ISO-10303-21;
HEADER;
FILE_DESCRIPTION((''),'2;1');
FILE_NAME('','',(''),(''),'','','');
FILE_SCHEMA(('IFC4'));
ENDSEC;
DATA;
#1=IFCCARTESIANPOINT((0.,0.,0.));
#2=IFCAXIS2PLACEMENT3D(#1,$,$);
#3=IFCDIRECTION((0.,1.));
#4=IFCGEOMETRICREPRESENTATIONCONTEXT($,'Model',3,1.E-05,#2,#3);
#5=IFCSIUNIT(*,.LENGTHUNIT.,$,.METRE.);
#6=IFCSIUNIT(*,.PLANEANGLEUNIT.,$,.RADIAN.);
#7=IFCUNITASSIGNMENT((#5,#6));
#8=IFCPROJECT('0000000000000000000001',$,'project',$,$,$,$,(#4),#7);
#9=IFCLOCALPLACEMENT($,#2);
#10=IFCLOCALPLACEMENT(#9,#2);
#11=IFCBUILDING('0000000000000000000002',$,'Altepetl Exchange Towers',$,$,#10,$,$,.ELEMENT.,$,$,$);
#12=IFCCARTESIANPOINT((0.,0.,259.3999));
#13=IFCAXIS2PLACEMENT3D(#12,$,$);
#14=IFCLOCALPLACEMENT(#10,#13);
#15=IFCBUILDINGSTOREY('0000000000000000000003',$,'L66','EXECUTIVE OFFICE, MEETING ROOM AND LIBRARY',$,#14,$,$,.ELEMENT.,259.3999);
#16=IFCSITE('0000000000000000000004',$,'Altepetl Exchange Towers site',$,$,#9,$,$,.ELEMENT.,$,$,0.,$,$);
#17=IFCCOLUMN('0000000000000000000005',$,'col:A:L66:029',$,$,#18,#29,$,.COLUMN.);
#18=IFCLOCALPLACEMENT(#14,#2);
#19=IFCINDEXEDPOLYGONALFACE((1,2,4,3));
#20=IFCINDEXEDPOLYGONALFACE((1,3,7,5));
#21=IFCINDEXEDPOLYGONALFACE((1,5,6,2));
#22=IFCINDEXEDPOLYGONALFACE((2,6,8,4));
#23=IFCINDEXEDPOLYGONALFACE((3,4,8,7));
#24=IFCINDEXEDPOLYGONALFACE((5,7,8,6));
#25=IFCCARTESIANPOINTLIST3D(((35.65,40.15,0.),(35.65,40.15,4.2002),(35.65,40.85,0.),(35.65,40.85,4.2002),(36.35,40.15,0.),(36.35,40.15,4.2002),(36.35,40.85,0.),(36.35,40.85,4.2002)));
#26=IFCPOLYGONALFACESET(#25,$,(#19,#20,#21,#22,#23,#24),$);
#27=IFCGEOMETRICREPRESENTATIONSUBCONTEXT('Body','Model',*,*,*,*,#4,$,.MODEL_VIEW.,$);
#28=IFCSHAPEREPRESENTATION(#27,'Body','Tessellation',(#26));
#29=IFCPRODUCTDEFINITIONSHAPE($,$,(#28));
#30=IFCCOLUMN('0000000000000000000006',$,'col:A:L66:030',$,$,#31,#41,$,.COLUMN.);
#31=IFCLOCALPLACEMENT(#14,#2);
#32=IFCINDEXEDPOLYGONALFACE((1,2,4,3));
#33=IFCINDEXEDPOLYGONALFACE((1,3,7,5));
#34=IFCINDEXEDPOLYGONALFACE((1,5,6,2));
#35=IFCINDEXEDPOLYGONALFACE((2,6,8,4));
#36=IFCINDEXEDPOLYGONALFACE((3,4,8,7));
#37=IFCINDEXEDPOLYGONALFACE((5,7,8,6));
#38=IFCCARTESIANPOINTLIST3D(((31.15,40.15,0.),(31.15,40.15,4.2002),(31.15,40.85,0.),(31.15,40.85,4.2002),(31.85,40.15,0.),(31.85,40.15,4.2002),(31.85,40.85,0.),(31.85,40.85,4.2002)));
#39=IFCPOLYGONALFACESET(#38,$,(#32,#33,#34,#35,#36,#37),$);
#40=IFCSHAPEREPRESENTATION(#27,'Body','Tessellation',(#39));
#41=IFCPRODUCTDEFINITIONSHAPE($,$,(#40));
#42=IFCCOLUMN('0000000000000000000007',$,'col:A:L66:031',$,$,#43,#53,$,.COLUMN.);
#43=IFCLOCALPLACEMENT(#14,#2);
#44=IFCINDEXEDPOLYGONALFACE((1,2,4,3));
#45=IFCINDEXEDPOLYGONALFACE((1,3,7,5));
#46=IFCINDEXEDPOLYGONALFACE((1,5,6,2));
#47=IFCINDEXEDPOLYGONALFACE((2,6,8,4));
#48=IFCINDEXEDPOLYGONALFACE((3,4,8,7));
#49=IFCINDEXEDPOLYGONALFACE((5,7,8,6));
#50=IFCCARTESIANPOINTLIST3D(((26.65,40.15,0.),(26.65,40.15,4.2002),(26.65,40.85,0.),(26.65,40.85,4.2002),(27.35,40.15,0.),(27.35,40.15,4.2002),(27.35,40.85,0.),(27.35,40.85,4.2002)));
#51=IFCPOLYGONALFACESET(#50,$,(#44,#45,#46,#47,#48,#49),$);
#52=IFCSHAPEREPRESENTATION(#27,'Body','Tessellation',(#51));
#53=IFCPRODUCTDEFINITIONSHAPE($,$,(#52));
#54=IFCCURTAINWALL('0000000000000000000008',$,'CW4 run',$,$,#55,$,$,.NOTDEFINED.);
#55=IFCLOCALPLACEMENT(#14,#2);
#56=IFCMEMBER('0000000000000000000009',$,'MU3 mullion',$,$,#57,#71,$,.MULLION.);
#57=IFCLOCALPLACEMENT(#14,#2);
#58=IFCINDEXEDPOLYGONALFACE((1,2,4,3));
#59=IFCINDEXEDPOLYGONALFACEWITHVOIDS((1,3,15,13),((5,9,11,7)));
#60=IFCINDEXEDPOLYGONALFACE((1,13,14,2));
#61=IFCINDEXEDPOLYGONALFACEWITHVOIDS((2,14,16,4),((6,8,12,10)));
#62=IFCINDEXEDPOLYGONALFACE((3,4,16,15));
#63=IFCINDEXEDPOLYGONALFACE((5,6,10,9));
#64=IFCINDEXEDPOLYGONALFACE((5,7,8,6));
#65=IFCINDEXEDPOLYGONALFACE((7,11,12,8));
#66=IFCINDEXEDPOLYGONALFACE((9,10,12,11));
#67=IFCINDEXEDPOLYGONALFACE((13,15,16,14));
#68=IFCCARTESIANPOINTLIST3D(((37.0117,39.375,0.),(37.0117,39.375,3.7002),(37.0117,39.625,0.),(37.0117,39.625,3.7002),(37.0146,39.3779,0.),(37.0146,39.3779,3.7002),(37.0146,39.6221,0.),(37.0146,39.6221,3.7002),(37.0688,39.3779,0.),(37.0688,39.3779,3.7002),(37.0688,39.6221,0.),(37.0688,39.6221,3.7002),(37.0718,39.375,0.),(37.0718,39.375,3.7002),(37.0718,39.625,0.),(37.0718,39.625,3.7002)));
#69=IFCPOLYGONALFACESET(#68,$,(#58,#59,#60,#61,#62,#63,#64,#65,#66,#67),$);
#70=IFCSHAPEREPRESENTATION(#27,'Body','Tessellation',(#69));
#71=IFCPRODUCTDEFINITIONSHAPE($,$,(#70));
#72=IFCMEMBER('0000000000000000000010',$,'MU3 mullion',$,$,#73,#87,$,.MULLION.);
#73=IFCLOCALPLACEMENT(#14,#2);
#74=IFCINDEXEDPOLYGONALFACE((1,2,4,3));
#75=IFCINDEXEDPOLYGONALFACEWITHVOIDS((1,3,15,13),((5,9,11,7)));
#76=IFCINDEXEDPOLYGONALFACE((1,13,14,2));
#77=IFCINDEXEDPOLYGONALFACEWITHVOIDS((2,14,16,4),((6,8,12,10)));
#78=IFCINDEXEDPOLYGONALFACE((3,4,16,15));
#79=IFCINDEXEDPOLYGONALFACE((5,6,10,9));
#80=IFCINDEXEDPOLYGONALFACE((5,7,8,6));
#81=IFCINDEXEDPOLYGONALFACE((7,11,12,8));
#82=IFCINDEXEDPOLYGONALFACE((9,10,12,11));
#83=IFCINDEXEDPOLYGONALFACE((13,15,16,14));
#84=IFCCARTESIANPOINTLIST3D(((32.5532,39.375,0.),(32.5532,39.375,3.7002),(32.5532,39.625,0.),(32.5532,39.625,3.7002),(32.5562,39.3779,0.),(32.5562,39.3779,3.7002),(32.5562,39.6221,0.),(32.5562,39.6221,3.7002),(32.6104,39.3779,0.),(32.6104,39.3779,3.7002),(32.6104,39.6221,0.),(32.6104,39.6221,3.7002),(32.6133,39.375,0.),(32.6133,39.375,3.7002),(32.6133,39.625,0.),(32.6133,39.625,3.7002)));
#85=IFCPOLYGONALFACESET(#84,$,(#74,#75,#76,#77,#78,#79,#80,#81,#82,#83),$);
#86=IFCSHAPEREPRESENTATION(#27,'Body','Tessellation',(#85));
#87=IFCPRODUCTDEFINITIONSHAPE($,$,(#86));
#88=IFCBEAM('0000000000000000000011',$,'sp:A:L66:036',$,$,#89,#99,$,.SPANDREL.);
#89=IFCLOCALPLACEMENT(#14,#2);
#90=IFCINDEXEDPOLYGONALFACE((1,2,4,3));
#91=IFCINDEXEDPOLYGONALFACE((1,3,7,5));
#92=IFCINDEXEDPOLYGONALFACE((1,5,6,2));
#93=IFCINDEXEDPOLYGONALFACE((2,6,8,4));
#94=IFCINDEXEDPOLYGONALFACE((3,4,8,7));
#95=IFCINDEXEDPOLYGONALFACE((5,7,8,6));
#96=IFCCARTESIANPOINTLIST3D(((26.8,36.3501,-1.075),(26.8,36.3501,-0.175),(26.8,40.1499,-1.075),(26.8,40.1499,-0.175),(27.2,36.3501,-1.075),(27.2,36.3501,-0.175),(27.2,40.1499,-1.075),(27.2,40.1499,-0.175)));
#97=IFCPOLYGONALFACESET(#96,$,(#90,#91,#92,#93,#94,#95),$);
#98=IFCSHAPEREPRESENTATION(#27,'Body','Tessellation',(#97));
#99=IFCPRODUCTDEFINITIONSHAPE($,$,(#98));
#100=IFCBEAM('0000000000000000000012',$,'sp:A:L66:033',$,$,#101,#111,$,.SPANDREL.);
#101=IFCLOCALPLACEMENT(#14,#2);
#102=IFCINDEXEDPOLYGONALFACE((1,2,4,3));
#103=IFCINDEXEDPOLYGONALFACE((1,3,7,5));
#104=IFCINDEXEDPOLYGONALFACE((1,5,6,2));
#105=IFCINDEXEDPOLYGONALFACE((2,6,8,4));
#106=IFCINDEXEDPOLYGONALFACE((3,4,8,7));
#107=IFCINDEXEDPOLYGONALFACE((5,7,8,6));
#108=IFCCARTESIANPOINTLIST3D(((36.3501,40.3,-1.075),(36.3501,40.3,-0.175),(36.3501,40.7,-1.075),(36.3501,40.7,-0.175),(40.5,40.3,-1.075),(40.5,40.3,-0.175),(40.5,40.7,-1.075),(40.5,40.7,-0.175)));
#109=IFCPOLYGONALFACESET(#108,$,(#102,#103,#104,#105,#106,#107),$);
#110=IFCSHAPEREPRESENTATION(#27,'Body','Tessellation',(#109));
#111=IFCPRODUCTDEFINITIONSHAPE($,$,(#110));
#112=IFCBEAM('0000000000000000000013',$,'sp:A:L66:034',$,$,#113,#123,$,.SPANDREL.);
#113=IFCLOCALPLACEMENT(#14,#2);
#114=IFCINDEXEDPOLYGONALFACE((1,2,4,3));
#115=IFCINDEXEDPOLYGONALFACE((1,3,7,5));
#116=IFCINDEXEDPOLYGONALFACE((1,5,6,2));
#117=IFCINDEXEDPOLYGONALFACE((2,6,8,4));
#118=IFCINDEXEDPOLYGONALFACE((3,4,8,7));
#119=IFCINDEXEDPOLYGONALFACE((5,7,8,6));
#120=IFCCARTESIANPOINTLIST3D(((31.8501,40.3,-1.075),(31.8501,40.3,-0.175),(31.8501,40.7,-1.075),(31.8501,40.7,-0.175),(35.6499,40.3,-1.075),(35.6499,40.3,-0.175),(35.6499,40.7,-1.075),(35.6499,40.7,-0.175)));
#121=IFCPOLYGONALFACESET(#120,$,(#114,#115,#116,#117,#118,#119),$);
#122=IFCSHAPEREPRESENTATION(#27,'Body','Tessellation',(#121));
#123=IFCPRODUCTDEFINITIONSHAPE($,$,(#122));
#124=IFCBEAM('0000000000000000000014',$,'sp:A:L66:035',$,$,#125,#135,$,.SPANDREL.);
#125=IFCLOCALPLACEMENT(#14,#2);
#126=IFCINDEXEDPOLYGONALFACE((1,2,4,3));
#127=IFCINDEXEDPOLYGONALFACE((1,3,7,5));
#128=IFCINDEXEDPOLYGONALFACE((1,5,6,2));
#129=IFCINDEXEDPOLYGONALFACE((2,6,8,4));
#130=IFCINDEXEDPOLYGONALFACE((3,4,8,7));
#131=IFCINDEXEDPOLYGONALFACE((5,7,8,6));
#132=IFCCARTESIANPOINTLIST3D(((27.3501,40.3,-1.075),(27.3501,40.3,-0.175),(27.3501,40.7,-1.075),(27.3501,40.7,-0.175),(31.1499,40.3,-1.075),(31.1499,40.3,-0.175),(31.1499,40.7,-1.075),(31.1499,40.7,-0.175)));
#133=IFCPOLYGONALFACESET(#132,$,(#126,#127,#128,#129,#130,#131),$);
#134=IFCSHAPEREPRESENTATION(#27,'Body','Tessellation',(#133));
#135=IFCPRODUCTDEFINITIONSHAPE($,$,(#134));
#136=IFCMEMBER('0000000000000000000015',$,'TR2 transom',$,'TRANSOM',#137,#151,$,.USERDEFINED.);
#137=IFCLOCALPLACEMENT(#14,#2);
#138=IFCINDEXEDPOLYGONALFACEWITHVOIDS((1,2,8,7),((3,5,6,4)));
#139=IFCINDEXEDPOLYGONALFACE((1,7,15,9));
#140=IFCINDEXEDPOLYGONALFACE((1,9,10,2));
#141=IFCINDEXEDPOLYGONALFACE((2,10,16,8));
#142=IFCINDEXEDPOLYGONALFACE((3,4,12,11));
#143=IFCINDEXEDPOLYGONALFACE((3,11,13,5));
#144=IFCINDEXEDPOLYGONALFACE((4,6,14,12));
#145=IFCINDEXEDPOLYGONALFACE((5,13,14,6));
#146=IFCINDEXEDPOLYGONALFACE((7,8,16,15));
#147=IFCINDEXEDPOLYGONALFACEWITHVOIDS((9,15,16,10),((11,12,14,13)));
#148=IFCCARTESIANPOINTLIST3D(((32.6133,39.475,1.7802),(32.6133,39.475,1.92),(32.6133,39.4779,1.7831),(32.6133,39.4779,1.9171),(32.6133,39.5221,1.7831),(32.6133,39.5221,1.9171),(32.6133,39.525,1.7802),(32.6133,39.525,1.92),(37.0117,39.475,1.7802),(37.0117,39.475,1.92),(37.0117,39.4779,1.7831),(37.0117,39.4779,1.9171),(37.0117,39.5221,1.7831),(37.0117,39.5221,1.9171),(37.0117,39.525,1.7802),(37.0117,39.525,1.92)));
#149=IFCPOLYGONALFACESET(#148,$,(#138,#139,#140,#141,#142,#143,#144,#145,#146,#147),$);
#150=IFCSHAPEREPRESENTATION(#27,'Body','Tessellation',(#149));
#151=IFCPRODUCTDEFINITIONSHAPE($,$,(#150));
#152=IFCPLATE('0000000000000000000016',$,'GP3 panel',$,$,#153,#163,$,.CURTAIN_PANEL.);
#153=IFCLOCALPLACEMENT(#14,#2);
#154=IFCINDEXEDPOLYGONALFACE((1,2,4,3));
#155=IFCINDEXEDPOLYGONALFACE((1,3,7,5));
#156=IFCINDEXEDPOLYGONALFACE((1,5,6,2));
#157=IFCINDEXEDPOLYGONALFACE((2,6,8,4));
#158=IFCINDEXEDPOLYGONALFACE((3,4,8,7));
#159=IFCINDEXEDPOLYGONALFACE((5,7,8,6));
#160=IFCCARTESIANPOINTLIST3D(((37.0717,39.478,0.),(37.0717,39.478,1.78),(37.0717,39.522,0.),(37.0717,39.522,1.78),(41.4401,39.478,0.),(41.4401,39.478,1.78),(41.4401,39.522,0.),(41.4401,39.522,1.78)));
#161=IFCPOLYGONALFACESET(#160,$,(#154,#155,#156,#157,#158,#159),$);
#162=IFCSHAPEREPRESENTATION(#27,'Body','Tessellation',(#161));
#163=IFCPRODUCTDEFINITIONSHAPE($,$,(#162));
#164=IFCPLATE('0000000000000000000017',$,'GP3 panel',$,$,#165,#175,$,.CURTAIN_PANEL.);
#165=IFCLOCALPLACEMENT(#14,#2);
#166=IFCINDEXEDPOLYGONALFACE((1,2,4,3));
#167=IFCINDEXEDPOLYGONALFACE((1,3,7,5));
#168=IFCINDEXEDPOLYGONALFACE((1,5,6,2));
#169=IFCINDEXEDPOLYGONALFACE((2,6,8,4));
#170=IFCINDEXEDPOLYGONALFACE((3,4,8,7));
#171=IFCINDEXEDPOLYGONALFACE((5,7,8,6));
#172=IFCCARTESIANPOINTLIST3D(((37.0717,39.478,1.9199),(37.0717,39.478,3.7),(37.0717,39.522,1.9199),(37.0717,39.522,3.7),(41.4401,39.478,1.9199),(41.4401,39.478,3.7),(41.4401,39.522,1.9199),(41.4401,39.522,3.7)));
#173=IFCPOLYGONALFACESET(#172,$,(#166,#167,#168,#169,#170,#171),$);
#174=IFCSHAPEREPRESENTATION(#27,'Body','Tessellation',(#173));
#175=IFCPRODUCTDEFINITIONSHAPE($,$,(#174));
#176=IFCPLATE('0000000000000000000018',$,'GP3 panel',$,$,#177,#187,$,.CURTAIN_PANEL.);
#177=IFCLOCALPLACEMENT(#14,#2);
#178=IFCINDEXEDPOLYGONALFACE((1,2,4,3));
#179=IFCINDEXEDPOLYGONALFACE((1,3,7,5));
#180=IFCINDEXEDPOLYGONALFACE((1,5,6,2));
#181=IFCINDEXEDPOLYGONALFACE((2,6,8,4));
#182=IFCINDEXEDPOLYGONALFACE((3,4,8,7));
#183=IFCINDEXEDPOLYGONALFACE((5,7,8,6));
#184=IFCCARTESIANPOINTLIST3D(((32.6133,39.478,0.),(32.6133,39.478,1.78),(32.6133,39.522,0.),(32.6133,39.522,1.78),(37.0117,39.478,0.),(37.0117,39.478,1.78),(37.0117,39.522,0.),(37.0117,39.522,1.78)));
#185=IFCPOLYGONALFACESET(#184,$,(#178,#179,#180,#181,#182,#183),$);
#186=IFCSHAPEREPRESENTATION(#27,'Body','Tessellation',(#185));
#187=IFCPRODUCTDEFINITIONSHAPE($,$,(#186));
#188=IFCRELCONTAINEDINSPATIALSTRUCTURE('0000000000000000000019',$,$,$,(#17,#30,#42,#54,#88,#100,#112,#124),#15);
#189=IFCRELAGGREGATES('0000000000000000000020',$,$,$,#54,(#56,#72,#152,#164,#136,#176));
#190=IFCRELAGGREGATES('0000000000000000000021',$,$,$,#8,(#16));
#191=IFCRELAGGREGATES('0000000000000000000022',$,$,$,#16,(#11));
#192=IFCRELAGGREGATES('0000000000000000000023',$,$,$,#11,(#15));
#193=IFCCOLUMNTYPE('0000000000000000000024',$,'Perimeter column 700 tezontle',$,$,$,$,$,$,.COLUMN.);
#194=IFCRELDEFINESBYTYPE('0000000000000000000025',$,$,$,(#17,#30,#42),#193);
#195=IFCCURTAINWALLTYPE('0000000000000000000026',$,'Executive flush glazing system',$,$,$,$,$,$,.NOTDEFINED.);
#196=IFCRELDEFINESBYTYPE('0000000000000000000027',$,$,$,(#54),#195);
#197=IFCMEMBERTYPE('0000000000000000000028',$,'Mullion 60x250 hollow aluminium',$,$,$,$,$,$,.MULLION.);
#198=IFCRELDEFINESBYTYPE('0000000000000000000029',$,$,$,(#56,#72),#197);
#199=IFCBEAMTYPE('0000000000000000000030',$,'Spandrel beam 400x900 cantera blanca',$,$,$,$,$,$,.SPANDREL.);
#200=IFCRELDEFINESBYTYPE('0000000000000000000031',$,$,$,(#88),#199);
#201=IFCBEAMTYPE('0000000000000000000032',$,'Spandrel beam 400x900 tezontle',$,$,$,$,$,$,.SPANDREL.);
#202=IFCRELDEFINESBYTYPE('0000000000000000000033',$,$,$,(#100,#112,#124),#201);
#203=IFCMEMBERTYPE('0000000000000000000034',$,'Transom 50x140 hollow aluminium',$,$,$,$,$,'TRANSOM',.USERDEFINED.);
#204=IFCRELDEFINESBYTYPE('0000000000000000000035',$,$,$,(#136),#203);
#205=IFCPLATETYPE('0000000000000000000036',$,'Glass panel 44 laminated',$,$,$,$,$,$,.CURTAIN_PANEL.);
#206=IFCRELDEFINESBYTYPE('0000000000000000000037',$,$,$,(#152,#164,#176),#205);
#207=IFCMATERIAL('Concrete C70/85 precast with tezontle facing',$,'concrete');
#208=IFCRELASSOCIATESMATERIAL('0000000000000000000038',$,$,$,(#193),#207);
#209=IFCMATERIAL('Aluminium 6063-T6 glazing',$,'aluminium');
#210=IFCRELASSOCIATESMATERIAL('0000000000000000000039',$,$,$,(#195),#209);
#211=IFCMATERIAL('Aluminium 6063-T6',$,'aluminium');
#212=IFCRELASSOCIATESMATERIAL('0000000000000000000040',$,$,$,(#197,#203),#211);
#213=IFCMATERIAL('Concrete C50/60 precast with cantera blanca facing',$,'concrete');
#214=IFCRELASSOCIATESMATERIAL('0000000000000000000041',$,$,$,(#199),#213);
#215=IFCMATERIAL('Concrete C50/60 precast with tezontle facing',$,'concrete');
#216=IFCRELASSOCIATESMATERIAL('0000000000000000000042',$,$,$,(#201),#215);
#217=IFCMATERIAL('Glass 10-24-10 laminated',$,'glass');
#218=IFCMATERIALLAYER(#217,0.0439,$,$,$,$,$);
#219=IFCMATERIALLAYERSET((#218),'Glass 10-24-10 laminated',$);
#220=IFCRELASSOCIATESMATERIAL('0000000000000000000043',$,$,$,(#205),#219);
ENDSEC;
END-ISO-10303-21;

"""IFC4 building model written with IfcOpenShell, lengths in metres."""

from ifc_helpers import new_model, si_unit, direction, frame, origin, origin_2d, place, context, subcontext, project, spatial, rectangle, hollow_rectangle, extrude, material, layer, layer_set, material_profile, profile_set, type_object, element, aggregate, save


model = new_model("IFC4")

# Units and contexts
model_context = context("Model", 3, precision=1e-05, world=origin(), true_north=direction((0.0, 1.0)))
body_context = subcontext(model_context, "Body", "Model", "MODEL_VIEW")
ifc_project = project(units=[si_unit("LENGTHUNIT", "METRE"), si_unit("PLANEANGLEUNIT", "RADIAN")], contexts=[model_context])

# Site, building, storey
site_placement = place(None, origin())
site = spatial("IfcSite", under=ifc_project, at=site_placement, Name="Altepetl Exchange Towers site", CompositionType="ELEMENT", RefElevation=0.0)
building_placement = place(site_placement, origin())
building = spatial("IfcBuilding", under=site, at=building_placement, Name="Altepetl Exchange Towers", CompositionType="ELEMENT")
storey_placement = place(building_placement, frame((0.0, 0.0, 259.3999)))
storey = spatial("IfcBuildingStorey", under=building, at=storey_placement, Name="L66", Description="EXECUTIVE OFFICE, MEETING ROOM AND LIBRARY", CompositionType="ELEMENT", Elevation=259.3999)

# Columns
ifc_material_1 = material(Name="Concrete C70/85 precast with tezontle facing", Category="concrete")
ifc_material_profile_1 = material_profile(ifc_material_1, rectangle(XDim=0.7, YDim=0.7, at=origin_2d()), Name="700 x 700")
ifc_profile_set_1 = profile_set([ifc_material_profile_1], Name="Concrete C70/85 precast with tezontle facing")
column_type = type_object("IfcColumnType", Name="Perimeter column 700 tezontle", PredefinedType="COLUMN", material=ifc_profile_set_1)
for number, where, name in (
    (1, (36.0, 40.5, 0.0), "col:A:L66:029"),
    (2, (31.5, 40.5, 0.0), "col:A:L66:030"),
    (3, (27.0, 40.5, 0.0), "col:A:L66:031"),
):
    element("IfcColumn", number, at=place(storey_placement, frame(where)), inside=storey, type_object=column_type, Name=name, PredefinedType="COLUMN", context=body_context, shape_type="SweptSolid", body=[
        extrude(rectangle(XDim=0.7, YDim=0.7, at=origin_2d()), origin(), (0.0, 0.0, 1.0), 4.2002),
    ])

# Curtain wall, members
ifc_material_2 = material(Name="Aluminium 6063-T6 glazing", Category="aluminium")
curtain_wall_type = type_object("IfcCurtainWallType", Name="Executive flush glazing system", PredefinedType="NOTDEFINED", material=ifc_material_2)
curtain_wall_placement = place(storey_placement, origin())
curtain_wall = element("IfcCurtainWall", 4, at=curtain_wall_placement, inside=storey, type_object=curtain_wall_type, Name="CW4 run", PredefinedType="NOTDEFINED")
ifc_material_3 = material(Name="Aluminium 6063-T6", Category="aluminium")
ifc_material_profile_2 = material_profile(ifc_material_3, hollow_rectangle(XDim=0.0601, YDim=0.25, WallThickness=0.0029, at=origin_2d()), Name="Mullion 60x250 hollow aluminium")
ifc_profile_set_2 = profile_set([ifc_material_profile_2], Name="Aluminium 6063-T6")
member_type_1 = type_object("IfcMemberType", Name="Mullion 60x250 hollow aluminium", PredefinedType="MULLION", material=ifc_profile_set_2)
member_1_placement = place(storey_placement, frame((37.0417, 39.5, 0.0), z_axis=(0.0, 0.0, 1.0), x_axis=(-1.0, 0.0, 0.0)))
member_1 = element("IfcMember", 5, at=member_1_placement, type_object=member_type_1, Name="MU3 mullion", PredefinedType="MULLION", context=body_context, shape_type="SweptSolid", body=[
    extrude(hollow_rectangle(XDim=0.0601, YDim=0.25, WallThickness=0.0029, at=origin_2d()), origin(), (0.0, 0.0, 1.0), 3.7002),
])
member_2_placement = place(storey_placement, frame((32.5833, 39.5, 0.0), z_axis=(0.0, 0.0, 1.0), x_axis=(-1.0, 0.0, 0.0)))
member_2 = element("IfcMember", 6, at=member_2_placement, type_object=member_type_1, Name="MU3 mullion", PredefinedType="MULLION", context=body_context, shape_type="SweptSolid", body=[
    extrude(hollow_rectangle(XDim=0.0601, YDim=0.25, WallThickness=0.0029, at=origin_2d()), origin(), (0.0, 0.0, 1.0), 3.7002),
])

# Beams
ifc_material_4 = material(Name="Concrete C50/60 precast with cantera blanca facing", Category="concrete")
ifc_material_profile_3 = material_profile(ifc_material_4, rectangle(XDim=0.3999, YDim=0.8999, at=origin_2d()), Name="400 x 900")
ifc_profile_set_3 = profile_set([ifc_material_profile_3], Name="Concrete C50/60 precast with cantera blanca facing")
beam_type_1 = type_object("IfcBeamType", Name="Spandrel beam 400x900 cantera blanca", PredefinedType="SPANDREL", material=ifc_profile_set_3)
beam_1_placement = place(storey_placement, frame((27.0, 40.1499, -0.625), z_axis=(0.0, -1.0, 0.0), x_axis=(1.0, 0.0, 0.0)))
element("IfcBeam", 7, at=beam_1_placement, inside=storey, type_object=beam_type_1, Name="sp:A:L66:036", PredefinedType="SPANDREL", context=body_context, shape_type="SweptSolid", body=[
    extrude(rectangle(XDim=0.3999, YDim=0.8999, at=origin_2d()), origin(), (0.0, 0.0, 1.0), 3.7998),
])
ifc_material_5 = material(Name="Concrete C50/60 precast with tezontle facing", Category="concrete")
ifc_material_profile_4 = material_profile(ifc_material_5, rectangle(XDim=0.3999, YDim=0.8999, at=origin_2d()), Name="400 x 900")
ifc_profile_set_4 = profile_set([ifc_material_profile_4], Name="Concrete C50/60 precast with tezontle facing")
beam_type_2 = type_object("IfcBeamType", Name="Spandrel beam 400x900 tezontle", PredefinedType="SPANDREL", material=ifc_profile_set_4)
beam_2_placement = place(storey_placement, frame((40.5, 40.5, -0.625), z_axis=(-1.0, 0.0, 0.0), x_axis=(0.0, -1.0, 0.0)))
element("IfcBeam", 8, at=beam_2_placement, inside=storey, type_object=beam_type_2, Name="sp:A:L66:033", PredefinedType="SPANDREL", context=body_context, shape_type="SweptSolid", body=[
    extrude(rectangle(XDim=0.3999, YDim=0.8999, at=origin_2d()), origin(), (0.0, 0.0, 1.0), 4.1499),
])
for number, where, z_axis, x_axis, name in (
    (9, (35.6499, 40.5, -0.625), (-1.0, 0.0, 0.0), (0.0, -1.0, 0.0), "sp:A:L66:034"),
    (10, (31.1499, 40.5, -0.625), (-1.0, 0.0, 0.0), (0.0, -1.0, 0.0), "sp:A:L66:035"),
):
    element("IfcBeam", number, at=place(storey_placement, frame(where, z_axis=z_axis, x_axis=x_axis)), inside=storey, type_object=beam_type_2, Name=name, PredefinedType="SPANDREL", context=body_context, shape_type="SweptSolid", body=[
        extrude(rectangle(XDim=0.3999, YDim=0.8999, at=origin_2d()), origin(), (0.0, 0.0, 1.0), 3.7998),
    ])

# Member
ifc_material_profile_5 = material_profile(ifc_material_3, hollow_rectangle(XDim=0.05, YDim=0.1399, WallThickness=0.0029, at=origin_2d()), Name="Transom 50x140 hollow aluminium")
ifc_profile_set_5 = profile_set([ifc_material_profile_5], Name="Aluminium 6063-T6")
member_type_2 = type_object("IfcMemberType", Name="Transom 50x140 hollow aluminium", ElementType="TRANSOM", PredefinedType="USERDEFINED", material=ifc_profile_set_5)
member_3_placement = place(storey_placement, frame((37.0117, 39.5, 1.8501), z_axis=(-1.0, 0.0, 0.0), x_axis=(0.0, -1.0, 0.0)))
member_3 = element("IfcMember", 11, at=member_3_placement, type_object=member_type_2, Name="TR2 transom", ObjectType="TRANSOM", PredefinedType="USERDEFINED", context=body_context, shape_type="SweptSolid", body=[
    extrude(hollow_rectangle(XDim=0.05, YDim=0.1399, WallThickness=0.0029, at=origin_2d()), origin(), (0.0, 0.0, 1.0), 4.3984),
])

# Plates
ifc_material_6 = material(Name="Glass 10-24-10 laminated", Category="glass")
ifc_layer_1 = layer(ifc_material_6, 0.0439)
ifc_layer_set_1 = layer_set([ifc_layer_1], Name="Glass 10-24-10 laminated")
plate_type = type_object("IfcPlateType", Name="Glass panel 44 laminated", PredefinedType="CURTAIN_PANEL", material=ifc_layer_set_1)
plate_1_placement = place(storey_placement, frame((39.2559, 39.5, 0.0), z_axis=(0.0, 0.0, 1.0), x_axis=(-1.0, 0.0, 0.0)))
plate_1 = element("IfcPlate", 12, at=plate_1_placement, type_object=plate_type, Name="GP3 panel", PredefinedType="CURTAIN_PANEL", context=body_context, shape_type="SweptSolid", body=[
    extrude(rectangle(XDim=4.3684, YDim=0.0439, at=origin_2d()), origin(), (0.0, 0.0, 1.0), 1.78),
])
plate_2_placement = place(storey_placement, frame((39.2559, 39.5, 1.9199), z_axis=(0.0, 0.0, 1.0), x_axis=(-1.0, 0.0, 0.0)))
plate_2 = element("IfcPlate", 13, at=plate_2_placement, type_object=plate_type, Name="GP3 panel", PredefinedType="CURTAIN_PANEL", context=body_context, shape_type="SweptSolid", body=[
    extrude(rectangle(XDim=4.3684, YDim=0.0439, at=origin_2d()), origin(), (0.0, 0.0, 1.0), 1.78),
])
plate_3_placement = place(storey_placement, frame((34.8125, 39.5, 0.0), z_axis=(0.0, 0.0, 1.0), x_axis=(-1.0, 0.0, 0.0)))
plate_3 = element("IfcPlate", 14, at=plate_3_placement, type_object=plate_type, Name="GP3 panel", PredefinedType="CURTAIN_PANEL", context=body_context, shape_type="SweptSolid", body=[
    extrude(rectangle(XDim=4.3984, YDim=0.0439, at=origin_2d()), origin(), (0.0, 0.0, 1.0), 1.78),
])
aggregate(curtain_wall, [member_1, member_2, plate_1, plate_2, member_3, plate_3])

save(model, "model.ifc")
